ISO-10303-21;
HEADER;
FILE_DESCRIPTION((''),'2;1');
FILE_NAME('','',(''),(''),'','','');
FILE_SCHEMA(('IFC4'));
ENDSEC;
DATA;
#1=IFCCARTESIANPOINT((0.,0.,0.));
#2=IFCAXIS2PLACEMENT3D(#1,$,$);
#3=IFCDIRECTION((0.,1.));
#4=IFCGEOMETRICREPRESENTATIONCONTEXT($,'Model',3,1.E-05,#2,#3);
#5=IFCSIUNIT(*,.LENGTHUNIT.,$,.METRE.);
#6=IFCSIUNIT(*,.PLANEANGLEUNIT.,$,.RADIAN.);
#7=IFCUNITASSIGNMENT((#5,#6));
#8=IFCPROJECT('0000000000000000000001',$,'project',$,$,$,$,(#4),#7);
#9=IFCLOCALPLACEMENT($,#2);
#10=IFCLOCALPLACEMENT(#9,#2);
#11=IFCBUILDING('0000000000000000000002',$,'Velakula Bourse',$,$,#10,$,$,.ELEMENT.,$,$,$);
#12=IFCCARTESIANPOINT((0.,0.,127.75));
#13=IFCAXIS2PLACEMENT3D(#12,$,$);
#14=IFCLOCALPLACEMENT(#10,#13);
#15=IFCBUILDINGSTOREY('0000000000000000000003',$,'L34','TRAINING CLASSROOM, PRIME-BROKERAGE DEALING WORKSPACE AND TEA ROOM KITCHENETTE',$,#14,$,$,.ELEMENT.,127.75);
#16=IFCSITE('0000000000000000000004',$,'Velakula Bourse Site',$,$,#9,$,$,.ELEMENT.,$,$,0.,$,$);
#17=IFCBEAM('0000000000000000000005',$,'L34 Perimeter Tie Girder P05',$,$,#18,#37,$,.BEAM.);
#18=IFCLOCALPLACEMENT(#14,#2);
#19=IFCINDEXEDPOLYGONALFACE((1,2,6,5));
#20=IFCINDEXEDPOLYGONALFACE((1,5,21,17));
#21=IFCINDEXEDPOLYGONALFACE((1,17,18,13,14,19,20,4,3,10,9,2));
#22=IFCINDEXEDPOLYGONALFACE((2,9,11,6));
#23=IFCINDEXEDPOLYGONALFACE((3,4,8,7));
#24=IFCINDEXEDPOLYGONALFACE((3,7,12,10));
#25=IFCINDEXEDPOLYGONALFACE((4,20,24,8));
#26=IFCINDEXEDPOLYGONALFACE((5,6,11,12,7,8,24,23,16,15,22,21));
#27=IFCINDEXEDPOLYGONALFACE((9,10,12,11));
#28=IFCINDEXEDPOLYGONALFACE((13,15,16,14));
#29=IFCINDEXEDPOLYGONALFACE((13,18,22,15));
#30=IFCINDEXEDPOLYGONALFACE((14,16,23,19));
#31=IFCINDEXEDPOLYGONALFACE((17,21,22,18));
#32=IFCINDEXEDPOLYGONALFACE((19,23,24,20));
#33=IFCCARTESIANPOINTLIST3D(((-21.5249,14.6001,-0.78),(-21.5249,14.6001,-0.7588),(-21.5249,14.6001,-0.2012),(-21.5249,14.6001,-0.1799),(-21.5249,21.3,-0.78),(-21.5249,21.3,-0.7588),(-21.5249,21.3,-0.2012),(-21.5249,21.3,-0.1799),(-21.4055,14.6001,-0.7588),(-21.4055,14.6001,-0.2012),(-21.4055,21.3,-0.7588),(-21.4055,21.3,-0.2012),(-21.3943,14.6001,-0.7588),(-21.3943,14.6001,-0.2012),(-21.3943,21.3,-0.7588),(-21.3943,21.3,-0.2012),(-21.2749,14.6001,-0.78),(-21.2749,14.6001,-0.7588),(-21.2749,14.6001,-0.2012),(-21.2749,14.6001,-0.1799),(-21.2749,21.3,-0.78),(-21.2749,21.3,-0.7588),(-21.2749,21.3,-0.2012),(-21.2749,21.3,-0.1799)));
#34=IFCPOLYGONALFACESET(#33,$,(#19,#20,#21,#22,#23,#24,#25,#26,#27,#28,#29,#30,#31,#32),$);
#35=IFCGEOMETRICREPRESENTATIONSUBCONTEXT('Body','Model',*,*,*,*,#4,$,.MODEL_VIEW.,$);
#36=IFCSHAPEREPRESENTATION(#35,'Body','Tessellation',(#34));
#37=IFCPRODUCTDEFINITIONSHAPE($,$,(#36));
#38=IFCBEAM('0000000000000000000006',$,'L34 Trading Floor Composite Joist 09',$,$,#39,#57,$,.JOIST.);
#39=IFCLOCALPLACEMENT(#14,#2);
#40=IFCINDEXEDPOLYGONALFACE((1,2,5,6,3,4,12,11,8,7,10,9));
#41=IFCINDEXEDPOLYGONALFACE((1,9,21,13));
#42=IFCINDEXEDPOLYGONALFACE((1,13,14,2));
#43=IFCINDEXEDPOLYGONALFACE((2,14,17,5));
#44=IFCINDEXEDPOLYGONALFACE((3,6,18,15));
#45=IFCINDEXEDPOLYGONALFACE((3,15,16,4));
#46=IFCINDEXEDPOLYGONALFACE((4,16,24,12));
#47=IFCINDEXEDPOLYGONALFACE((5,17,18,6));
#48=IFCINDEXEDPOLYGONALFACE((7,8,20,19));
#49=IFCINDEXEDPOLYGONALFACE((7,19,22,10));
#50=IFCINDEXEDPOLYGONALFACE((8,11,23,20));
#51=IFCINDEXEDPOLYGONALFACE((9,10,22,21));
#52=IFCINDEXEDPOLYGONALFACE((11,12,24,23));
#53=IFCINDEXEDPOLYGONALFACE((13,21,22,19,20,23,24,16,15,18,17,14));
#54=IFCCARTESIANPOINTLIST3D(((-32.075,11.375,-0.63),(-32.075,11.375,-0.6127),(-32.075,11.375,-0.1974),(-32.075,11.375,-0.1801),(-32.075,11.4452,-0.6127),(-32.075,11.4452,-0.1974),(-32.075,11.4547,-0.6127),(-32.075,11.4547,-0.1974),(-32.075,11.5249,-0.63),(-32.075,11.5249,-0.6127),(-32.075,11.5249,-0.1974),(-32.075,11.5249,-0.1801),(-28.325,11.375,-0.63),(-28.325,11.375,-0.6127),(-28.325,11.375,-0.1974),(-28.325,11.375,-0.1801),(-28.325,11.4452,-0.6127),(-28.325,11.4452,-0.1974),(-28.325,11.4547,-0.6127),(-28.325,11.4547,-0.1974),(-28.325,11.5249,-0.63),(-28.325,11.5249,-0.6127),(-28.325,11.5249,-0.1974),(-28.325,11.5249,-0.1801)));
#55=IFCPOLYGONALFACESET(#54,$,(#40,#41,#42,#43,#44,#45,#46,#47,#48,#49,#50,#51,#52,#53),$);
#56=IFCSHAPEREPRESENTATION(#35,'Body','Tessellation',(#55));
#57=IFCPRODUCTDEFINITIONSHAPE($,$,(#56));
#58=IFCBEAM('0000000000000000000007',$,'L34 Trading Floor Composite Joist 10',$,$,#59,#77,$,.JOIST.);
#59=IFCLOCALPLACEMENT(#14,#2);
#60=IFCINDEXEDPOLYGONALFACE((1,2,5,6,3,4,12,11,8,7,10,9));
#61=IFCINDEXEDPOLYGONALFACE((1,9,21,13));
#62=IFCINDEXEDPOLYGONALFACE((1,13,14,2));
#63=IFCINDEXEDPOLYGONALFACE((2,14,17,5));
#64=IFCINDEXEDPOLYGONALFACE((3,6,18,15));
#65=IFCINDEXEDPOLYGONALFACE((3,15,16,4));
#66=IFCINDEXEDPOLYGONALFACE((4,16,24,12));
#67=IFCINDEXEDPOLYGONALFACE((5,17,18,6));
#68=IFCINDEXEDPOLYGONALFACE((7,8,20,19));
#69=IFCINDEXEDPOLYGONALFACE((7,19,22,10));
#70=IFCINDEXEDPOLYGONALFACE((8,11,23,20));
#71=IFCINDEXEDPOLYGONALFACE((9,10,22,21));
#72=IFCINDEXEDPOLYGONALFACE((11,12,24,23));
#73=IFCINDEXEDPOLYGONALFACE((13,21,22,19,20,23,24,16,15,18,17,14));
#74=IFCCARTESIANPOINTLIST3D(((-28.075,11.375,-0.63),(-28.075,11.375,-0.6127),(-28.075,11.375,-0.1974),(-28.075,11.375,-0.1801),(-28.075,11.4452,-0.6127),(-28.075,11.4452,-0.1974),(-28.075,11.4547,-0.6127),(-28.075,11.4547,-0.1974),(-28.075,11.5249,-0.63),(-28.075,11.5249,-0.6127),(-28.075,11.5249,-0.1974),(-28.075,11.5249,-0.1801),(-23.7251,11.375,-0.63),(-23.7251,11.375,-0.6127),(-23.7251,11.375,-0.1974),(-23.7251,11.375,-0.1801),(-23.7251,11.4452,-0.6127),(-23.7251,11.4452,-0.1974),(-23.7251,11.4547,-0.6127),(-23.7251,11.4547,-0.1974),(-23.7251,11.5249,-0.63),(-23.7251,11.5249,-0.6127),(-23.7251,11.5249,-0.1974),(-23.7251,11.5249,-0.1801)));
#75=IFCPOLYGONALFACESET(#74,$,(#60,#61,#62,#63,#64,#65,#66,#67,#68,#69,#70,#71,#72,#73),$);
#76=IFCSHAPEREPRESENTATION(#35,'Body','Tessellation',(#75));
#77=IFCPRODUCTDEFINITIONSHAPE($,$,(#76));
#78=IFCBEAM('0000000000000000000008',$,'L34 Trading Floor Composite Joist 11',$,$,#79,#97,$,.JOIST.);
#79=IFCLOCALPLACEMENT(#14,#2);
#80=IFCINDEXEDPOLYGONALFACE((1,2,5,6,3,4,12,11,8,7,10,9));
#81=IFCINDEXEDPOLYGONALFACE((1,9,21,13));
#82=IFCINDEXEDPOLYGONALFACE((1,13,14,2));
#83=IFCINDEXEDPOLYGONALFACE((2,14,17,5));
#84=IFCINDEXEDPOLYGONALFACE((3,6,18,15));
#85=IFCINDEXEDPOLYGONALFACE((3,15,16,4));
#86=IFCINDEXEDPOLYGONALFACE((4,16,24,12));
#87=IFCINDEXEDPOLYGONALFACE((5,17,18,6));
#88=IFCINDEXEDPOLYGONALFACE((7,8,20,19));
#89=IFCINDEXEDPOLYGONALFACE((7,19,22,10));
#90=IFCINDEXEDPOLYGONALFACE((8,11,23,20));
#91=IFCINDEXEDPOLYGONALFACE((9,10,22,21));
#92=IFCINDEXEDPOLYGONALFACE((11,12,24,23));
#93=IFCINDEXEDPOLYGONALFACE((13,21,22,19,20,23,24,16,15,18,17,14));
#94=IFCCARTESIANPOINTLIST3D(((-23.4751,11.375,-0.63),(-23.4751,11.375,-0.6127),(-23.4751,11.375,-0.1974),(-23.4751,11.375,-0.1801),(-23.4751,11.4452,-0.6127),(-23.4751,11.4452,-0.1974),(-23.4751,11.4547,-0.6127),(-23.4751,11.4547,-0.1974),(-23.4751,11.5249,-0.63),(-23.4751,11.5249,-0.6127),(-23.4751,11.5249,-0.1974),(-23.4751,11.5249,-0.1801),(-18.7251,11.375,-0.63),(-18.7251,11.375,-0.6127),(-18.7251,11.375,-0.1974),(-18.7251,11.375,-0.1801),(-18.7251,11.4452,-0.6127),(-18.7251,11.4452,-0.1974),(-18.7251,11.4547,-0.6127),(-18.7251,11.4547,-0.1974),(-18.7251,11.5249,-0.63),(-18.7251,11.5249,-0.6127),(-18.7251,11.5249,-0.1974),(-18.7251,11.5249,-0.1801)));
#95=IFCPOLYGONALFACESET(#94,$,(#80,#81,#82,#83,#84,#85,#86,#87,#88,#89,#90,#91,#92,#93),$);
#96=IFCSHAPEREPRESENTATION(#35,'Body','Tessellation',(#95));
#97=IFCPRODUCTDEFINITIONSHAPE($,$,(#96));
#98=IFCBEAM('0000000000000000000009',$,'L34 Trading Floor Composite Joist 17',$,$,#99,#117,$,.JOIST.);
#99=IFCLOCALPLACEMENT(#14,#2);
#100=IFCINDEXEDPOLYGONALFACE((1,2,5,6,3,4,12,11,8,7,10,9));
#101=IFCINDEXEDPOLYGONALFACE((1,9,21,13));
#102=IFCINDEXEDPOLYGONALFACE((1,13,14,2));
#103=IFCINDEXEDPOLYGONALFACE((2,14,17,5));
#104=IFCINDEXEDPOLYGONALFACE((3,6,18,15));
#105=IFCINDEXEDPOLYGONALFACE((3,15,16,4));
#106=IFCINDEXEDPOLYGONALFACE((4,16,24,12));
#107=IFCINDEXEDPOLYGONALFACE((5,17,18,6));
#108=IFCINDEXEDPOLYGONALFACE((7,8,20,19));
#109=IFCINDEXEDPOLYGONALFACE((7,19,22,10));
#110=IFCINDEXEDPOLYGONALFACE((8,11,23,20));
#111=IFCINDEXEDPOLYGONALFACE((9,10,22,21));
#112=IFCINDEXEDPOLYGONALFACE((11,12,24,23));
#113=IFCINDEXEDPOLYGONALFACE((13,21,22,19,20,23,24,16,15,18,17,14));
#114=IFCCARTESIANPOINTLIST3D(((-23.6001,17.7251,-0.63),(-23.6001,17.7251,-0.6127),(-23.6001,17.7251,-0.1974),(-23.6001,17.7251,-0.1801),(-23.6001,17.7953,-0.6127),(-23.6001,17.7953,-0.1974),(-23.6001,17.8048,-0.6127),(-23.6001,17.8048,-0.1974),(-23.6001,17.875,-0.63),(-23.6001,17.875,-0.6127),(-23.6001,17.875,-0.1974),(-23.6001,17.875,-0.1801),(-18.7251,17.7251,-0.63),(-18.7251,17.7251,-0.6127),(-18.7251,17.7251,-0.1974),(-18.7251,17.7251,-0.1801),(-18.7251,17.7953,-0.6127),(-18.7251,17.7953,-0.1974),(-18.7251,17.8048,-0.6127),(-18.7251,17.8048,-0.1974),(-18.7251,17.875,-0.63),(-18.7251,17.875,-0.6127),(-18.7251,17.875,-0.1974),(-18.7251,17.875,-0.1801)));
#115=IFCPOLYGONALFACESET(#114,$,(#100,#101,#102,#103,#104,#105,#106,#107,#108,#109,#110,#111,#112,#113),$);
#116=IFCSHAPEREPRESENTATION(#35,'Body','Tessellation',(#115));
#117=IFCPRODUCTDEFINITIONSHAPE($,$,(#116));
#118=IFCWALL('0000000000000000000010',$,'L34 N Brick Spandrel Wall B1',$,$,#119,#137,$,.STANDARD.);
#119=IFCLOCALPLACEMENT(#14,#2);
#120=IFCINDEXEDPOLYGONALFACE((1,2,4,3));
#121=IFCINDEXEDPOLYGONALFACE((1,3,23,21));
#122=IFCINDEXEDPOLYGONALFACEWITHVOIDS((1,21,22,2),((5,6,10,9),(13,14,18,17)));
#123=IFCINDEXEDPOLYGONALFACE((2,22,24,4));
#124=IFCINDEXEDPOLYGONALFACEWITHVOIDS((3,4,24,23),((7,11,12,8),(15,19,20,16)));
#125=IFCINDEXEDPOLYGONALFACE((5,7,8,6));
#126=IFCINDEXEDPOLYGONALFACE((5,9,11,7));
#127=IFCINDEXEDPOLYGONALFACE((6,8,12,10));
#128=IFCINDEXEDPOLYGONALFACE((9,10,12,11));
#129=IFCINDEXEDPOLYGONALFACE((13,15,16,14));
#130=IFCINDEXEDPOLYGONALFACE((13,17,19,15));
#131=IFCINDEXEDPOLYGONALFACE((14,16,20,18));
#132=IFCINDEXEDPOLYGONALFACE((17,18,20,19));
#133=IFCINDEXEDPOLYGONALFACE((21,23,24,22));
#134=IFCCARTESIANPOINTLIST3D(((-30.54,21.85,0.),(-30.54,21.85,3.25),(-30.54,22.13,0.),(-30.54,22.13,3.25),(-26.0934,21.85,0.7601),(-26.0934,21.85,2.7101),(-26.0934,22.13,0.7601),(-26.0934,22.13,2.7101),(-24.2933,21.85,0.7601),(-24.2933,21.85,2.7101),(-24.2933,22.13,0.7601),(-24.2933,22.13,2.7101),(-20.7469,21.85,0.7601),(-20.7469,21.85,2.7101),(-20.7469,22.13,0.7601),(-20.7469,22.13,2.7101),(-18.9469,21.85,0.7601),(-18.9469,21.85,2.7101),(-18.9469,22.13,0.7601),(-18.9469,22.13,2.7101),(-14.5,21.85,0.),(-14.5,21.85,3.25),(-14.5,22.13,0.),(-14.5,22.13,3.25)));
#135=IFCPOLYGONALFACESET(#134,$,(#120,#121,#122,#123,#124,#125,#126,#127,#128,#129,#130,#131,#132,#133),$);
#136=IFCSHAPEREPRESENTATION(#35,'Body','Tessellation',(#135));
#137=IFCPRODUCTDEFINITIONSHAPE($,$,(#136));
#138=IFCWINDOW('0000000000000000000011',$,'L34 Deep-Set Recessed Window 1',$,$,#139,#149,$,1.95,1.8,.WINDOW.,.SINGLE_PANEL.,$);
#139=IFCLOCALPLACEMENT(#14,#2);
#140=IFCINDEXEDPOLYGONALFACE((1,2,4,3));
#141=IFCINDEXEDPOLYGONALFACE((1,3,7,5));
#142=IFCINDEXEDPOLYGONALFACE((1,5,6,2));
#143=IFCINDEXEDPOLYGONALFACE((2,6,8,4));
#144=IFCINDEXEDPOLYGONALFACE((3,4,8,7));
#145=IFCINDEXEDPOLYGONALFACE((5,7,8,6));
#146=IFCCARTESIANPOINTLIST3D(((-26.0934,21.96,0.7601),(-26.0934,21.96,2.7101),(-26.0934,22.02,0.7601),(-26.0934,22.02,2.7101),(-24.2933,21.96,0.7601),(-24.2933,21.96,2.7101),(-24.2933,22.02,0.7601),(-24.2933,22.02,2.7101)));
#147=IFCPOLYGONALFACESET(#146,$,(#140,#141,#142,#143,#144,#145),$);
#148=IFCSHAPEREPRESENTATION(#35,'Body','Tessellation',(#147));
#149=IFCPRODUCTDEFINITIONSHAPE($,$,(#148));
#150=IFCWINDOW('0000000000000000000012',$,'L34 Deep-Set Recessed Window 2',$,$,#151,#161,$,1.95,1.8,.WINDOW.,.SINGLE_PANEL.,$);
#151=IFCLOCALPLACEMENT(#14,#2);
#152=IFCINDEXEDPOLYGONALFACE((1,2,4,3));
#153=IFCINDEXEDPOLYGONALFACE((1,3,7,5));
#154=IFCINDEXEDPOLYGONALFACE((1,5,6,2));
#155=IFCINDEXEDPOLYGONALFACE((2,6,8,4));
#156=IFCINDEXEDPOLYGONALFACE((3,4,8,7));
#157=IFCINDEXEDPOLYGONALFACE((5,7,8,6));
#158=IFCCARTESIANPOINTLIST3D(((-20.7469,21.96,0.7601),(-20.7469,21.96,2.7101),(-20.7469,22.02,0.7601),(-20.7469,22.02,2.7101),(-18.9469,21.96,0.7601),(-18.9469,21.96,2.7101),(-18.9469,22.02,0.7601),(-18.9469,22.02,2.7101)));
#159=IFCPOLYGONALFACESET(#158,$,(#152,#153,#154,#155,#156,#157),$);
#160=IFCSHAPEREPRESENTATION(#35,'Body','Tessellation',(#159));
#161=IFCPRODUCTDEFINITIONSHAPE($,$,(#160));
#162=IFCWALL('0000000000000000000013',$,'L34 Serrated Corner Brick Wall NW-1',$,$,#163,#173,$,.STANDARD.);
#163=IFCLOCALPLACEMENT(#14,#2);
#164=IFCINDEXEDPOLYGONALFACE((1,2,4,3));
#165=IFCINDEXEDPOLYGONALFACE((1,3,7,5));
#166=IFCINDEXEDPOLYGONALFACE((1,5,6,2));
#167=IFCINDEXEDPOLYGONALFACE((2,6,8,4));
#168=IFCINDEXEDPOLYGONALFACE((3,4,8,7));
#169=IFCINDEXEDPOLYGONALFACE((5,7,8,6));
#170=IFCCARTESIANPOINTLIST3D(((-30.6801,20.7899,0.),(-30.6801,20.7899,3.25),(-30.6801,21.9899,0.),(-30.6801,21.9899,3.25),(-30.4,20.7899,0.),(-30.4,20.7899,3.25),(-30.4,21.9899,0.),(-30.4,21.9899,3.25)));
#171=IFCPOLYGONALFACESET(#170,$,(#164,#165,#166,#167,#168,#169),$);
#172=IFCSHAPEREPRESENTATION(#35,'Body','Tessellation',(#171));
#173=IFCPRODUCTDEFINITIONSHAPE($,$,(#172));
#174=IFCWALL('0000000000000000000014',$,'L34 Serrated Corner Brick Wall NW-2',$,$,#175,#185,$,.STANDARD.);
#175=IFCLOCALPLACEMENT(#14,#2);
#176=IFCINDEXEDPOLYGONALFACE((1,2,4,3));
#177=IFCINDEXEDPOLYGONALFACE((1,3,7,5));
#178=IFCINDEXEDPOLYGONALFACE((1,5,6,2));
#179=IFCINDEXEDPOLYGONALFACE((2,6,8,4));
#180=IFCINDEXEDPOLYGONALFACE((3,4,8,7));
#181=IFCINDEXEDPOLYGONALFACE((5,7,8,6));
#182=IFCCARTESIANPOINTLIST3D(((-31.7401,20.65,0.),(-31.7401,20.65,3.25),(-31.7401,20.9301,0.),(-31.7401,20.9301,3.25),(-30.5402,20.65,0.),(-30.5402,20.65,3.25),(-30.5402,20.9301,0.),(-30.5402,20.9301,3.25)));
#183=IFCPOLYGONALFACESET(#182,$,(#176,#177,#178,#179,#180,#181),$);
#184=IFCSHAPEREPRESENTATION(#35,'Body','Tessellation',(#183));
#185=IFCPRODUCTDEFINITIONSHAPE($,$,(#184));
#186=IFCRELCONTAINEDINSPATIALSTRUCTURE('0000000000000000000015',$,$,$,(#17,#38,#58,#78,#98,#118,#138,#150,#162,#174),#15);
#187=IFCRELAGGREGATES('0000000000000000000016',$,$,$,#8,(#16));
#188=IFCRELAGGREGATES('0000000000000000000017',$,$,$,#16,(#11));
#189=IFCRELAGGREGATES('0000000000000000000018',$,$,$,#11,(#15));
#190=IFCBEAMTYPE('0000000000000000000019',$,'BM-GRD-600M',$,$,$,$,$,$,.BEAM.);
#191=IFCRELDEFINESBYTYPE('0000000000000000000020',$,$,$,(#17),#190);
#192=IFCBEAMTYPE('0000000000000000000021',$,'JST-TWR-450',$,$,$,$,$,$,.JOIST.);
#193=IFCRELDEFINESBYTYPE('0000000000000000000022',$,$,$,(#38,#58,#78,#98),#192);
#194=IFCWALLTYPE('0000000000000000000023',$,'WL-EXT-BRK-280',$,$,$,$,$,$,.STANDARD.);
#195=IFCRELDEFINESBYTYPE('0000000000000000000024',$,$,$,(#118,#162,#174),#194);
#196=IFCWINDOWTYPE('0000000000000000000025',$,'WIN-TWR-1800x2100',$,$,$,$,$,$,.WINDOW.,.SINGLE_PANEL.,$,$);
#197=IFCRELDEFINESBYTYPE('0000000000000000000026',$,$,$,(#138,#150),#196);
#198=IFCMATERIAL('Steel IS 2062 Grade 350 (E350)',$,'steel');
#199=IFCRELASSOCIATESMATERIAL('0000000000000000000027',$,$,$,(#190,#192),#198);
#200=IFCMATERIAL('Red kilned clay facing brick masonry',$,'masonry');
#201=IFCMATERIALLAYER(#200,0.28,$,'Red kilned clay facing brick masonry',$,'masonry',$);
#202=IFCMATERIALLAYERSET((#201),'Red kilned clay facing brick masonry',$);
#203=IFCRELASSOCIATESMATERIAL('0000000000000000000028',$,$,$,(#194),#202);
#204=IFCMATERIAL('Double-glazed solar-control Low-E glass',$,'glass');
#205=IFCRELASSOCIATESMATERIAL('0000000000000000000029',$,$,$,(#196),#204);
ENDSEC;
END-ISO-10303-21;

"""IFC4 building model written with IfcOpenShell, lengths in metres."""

from ifc_helpers import new_model, si_unit, direction, frame, frame_2d, origin, origin_2d, place, context, subcontext, project, spatial, rectangle, i_section, extrude, material, layer, layer_set, material_profile, profile_set, type_object, element, fill, save


model = new_model("IFC4")

# Units and contexts
model_context = context("Model", 3, precision=1e-05, world=origin(), true_north=direction((0.0, 1.0)))
body_context = subcontext(model_context, "Body", "Model", "MODEL_VIEW")
ifc_project = project(units=[si_unit("LENGTHUNIT", "METRE"), si_unit("PLANEANGLEUNIT", "RADIAN")], contexts=[model_context])

# Site, building, storey
site_placement = place(None, origin())
site = spatial("IfcSite", under=ifc_project, at=site_placement, Name="Velakula Bourse Site", CompositionType="ELEMENT", RefElevation=0.0)
building_placement = place(site_placement, origin())
building = spatial("IfcBuilding", under=site, at=building_placement, Name="Velakula Bourse", CompositionType="ELEMENT")
storey_placement = place(building_placement, frame((0.0, 0.0, 127.75)))
storey = spatial("IfcBuildingStorey", under=building, at=storey_placement, Name="L34", Description="TRAINING CLASSROOM, PRIME-BROKERAGE DEALING WORKSPACE AND TEA ROOM KITCHENETTE", CompositionType="ELEMENT", Elevation=127.75)

# Shared definitions
ifc_material_1 = material(Name="Steel IS 2062 Grade 350 (E350)", Category="steel")

# Beams
ifc_material_profile_1 = material_profile(ifc_material_1, i_section(OverallWidth=0.25, OverallDepth=0.6001, WebThickness=0.0112, FlangeThickness=0.0212, at=origin_2d()), Name="Steel IS 2062 Grade 350 (E350)")
ifc_profile_set_1 = profile_set([ifc_material_profile_1], Name="Steel IS 2062 Grade 350 (E350)")
beam_type_1 = type_object("IfcBeamType", Name="BM-GRD-600M", PredefinedType="BEAM", material=ifc_profile_set_1)
beam_1_placement = place(storey_placement, frame((-21.3999, 14.6001, -0.48), z_axis=(0.0, 1.0, 0.0), x_axis=(-1.0, 0.0, 0.0)))
element("IfcBeam", 1, at=beam_1_placement, inside=storey, type_object=beam_type_1, Name="L34 Perimeter Tie Girder P05", PredefinedType="BEAM", context=body_context, shape_type="SweptSolid", body=[
    extrude(i_section(OverallWidth=0.25, OverallDepth=0.6001, WebThickness=0.0112, FlangeThickness=0.0212, at=origin_2d()), origin(), (0.0, 0.0, 1.0), 6.7),
])
ifc_material_profile_2 = material_profile(ifc_material_1, i_section(OverallWidth=0.1499, OverallDepth=0.45, WebThickness=0.0095, FlangeThickness=0.0173, at=origin_2d()), Name="Steel IS 2062 Grade 350 (E350)")
ifc_profile_set_2 = profile_set([ifc_material_profile_2], Name="Steel IS 2062 Grade 350 (E350)")
beam_type_2 = type_object("IfcBeamType", Name="JST-TWR-450", PredefinedType="JOIST", material=ifc_profile_set_2)
beam_2_placement = place(storey_placement, frame((-32.075, 11.45, -0.405), z_axis=(1.0, 0.0, 0.0), x_axis=(0.0, 1.0, 0.0)))
element("IfcBeam", 2, at=beam_2_placement, inside=storey, type_object=beam_type_2, Name="L34 Trading Floor Composite Joist 09", PredefinedType="JOIST", context=body_context, shape_type="SweptSolid", body=[
    extrude(i_section(OverallWidth=0.1499, OverallDepth=0.45, WebThickness=0.0095, FlangeThickness=0.0173, at=origin_2d()), origin(), (0.0, 0.0, 1.0), 3.75),
])
beam_3_placement = place(storey_placement, frame((-28.075, 11.45, -0.405), z_axis=(1.0, 0.0, 0.0), x_axis=(0.0, 1.0, 0.0)))
element("IfcBeam", 3, at=beam_3_placement, inside=storey, type_object=beam_type_2, Name="L34 Trading Floor Composite Joist 10", PredefinedType="JOIST", context=body_context, shape_type="SweptSolid", body=[
    extrude(i_section(OverallWidth=0.1499, OverallDepth=0.45, WebThickness=0.0095, FlangeThickness=0.0173, at=origin_2d()), origin(), (0.0, 0.0, 1.0), 4.3499),
])
beam_4_placement = place(storey_placement, frame((-23.4751, 11.45, -0.405), z_axis=(1.0, 0.0, 0.0), x_axis=(0.0, 1.0, 0.0)))
element("IfcBeam", 4, at=beam_4_placement, inside=storey, type_object=beam_type_2, Name="L34 Trading Floor Composite Joist 11", PredefinedType="JOIST", context=body_context, shape_type="SweptSolid", body=[
    extrude(i_section(OverallWidth=0.1499, OverallDepth=0.45, WebThickness=0.0095, FlangeThickness=0.0173, at=origin_2d()), origin(), (0.0, 0.0, 1.0), 4.75),
])
beam_5_placement = place(storey_placement, frame((-23.6001, 17.8, -0.405), z_axis=(1.0, 0.0, 0.0), x_axis=(0.0, 1.0, 0.0)))
element("IfcBeam", 5, at=beam_5_placement, inside=storey, type_object=beam_type_2, Name="L34 Trading Floor Composite Joist 17", PredefinedType="JOIST", context=body_context, shape_type="SweptSolid", body=[
    extrude(i_section(OverallWidth=0.1499, OverallDepth=0.45, WebThickness=0.0095, FlangeThickness=0.0173, at=origin_2d()), origin(), (0.0, 0.0, 1.0), 4.875),
])

# Wall, openings, windows
ifc_material_2 = material(Name="Red kilned clay facing brick masonry", Category="masonry")
ifc_layer_1 = layer(ifc_material_2, 0.28, Name="Red kilned clay facing brick masonry", Category="masonry")
ifc_layer_set_1 = layer_set([ifc_layer_1], Name="Red kilned clay facing brick masonry")
wall_type_1 = type_object("IfcWallType", Name="WL-EXT-BRK-280", PredefinedType="STANDARD", material=ifc_layer_set_1)
wall_1_placement = place(storey_placement, frame((-30.54, 21.99, 0.0), z_axis=(0.0, 0.0, 1.0), x_axis=(1.0, 0.0, 0.0)))
wall_1 = element("IfcWall", 6, at=wall_1_placement, inside=storey, type_object=wall_type_1, Name="L34 N Brick Spandrel Wall B1", PredefinedType="STANDARD", context=body_context, shape_type="SweptSolid", body=[
    extrude(rectangle(XDim=16.04, YDim=0.28, at=frame_2d((8.02, 0.0))), origin(), (0.0, 0.0, 1.0), 3.25),
])
opening_1_placement = place(wall_1_placement, frame((4.4468, 0.0, 0.76)))
opening_1 = element("IfcOpeningElement", 7, at=opening_1_placement, cuts=wall_1, PredefinedType="OPENING", context=body_context, shape_type="SweptSolid", body=[
    extrude(rectangle(XDim=1.8, YDim=1.95, at=frame_2d((0.8999, 0.9751))), frame((0.0, 0.1499, 0.0), z_axis=(0.0, -1.0, 0.0), x_axis=(1.0, 0.0, 0.0)), (0.0, 0.0, 1.0), 0.3),
])
opening_2_placement = place(wall_1_placement, frame((9.7932, 0.0, 0.76)))
opening_2 = element("IfcOpeningElement", 8, at=opening_2_placement, cuts=wall_1, PredefinedType="OPENING", context=body_context, shape_type="SweptSolid", body=[
    extrude(rectangle(XDim=1.8, YDim=1.95, at=frame_2d((0.8999, 0.9751))), frame((0.0, 0.1499, 0.0), z_axis=(0.0, -1.0, 0.0), x_axis=(1.0, 0.0, 0.0)), (0.0, 0.0, 1.0), 0.3),
])
ifc_material_3 = material(Name="Double-glazed solar-control Low-E glass", Category="glass")
window_type = type_object("IfcWindowType", Name="WIN-TWR-1800x2100", PartitioningType="SINGLE_PANEL", PredefinedType="WINDOW", material=ifc_material_3)
window_1_placement = place(opening_1_placement, origin())
window_1 = element("IfcWindow", 9, at=window_1_placement, inside=storey, type_object=window_type, Name="L34 Deep-Set Recessed Window 1", OverallHeight=1.95, OverallWidth=1.8, PartitioningType="SINGLE_PANEL", PredefinedType="WINDOW", context=body_context, shape_type="SweptSolid", body=[
    extrude(rectangle(XDim=1.8, YDim=1.95, at=frame_2d((0.8999, 0.9751))), frame((0.0, 0.03, 0.0), z_axis=(0.0, -1.0, 0.0), x_axis=(1.0, 0.0, 0.0)), (0.0, 0.0, 1.0), 0.0601),
])
fill(opening_1, window_1)
window_2_placement = place(opening_2_placement, origin())
window_2 = element("IfcWindow", 10, at=window_2_placement, inside=storey, type_object=window_type, Name="L34 Deep-Set Recessed Window 2", OverallHeight=1.95, OverallWidth=1.8, PartitioningType="SINGLE_PANEL", PredefinedType="WINDOW", context=body_context, shape_type="SweptSolid", body=[
    extrude(rectangle(XDim=1.8, YDim=1.95, at=frame_2d((0.8999, 0.9751))), frame((0.0, 0.03, 0.0), z_axis=(0.0, -1.0, 0.0), x_axis=(1.0, 0.0, 0.0)), (0.0, 0.0, 1.0), 0.0601),
])
fill(opening_2, window_2)

# Walls
for number, where, z_axis, x_axis, name in (
    (11, (-30.54, 21.99, 0.0), (0.0, 0.0, 1.0), (0.0, -1.0, 0.0), "L34 Serrated Corner Brick Wall NW-1"),
    (12, (-30.54, 20.79, 0.0), (0.0, 0.0, 1.0), (-1.0, 0.0, 0.0), "L34 Serrated Corner Brick Wall NW-2"),
):
    element("IfcWall", number, at=place(storey_placement, frame(where, z_axis=z_axis, x_axis=x_axis)), inside=storey, type_object=wall_type_1, Name=name, PredefinedType="STANDARD", context=body_context, shape_type="SweptSolid", body=[
        extrude(rectangle(XDim=1.2, YDim=0.28, at=frame_2d((0.6001, 0.0))), origin(), (0.0, 0.0, 1.0), 3.25),
    ])

save(model, "model.ifc")
